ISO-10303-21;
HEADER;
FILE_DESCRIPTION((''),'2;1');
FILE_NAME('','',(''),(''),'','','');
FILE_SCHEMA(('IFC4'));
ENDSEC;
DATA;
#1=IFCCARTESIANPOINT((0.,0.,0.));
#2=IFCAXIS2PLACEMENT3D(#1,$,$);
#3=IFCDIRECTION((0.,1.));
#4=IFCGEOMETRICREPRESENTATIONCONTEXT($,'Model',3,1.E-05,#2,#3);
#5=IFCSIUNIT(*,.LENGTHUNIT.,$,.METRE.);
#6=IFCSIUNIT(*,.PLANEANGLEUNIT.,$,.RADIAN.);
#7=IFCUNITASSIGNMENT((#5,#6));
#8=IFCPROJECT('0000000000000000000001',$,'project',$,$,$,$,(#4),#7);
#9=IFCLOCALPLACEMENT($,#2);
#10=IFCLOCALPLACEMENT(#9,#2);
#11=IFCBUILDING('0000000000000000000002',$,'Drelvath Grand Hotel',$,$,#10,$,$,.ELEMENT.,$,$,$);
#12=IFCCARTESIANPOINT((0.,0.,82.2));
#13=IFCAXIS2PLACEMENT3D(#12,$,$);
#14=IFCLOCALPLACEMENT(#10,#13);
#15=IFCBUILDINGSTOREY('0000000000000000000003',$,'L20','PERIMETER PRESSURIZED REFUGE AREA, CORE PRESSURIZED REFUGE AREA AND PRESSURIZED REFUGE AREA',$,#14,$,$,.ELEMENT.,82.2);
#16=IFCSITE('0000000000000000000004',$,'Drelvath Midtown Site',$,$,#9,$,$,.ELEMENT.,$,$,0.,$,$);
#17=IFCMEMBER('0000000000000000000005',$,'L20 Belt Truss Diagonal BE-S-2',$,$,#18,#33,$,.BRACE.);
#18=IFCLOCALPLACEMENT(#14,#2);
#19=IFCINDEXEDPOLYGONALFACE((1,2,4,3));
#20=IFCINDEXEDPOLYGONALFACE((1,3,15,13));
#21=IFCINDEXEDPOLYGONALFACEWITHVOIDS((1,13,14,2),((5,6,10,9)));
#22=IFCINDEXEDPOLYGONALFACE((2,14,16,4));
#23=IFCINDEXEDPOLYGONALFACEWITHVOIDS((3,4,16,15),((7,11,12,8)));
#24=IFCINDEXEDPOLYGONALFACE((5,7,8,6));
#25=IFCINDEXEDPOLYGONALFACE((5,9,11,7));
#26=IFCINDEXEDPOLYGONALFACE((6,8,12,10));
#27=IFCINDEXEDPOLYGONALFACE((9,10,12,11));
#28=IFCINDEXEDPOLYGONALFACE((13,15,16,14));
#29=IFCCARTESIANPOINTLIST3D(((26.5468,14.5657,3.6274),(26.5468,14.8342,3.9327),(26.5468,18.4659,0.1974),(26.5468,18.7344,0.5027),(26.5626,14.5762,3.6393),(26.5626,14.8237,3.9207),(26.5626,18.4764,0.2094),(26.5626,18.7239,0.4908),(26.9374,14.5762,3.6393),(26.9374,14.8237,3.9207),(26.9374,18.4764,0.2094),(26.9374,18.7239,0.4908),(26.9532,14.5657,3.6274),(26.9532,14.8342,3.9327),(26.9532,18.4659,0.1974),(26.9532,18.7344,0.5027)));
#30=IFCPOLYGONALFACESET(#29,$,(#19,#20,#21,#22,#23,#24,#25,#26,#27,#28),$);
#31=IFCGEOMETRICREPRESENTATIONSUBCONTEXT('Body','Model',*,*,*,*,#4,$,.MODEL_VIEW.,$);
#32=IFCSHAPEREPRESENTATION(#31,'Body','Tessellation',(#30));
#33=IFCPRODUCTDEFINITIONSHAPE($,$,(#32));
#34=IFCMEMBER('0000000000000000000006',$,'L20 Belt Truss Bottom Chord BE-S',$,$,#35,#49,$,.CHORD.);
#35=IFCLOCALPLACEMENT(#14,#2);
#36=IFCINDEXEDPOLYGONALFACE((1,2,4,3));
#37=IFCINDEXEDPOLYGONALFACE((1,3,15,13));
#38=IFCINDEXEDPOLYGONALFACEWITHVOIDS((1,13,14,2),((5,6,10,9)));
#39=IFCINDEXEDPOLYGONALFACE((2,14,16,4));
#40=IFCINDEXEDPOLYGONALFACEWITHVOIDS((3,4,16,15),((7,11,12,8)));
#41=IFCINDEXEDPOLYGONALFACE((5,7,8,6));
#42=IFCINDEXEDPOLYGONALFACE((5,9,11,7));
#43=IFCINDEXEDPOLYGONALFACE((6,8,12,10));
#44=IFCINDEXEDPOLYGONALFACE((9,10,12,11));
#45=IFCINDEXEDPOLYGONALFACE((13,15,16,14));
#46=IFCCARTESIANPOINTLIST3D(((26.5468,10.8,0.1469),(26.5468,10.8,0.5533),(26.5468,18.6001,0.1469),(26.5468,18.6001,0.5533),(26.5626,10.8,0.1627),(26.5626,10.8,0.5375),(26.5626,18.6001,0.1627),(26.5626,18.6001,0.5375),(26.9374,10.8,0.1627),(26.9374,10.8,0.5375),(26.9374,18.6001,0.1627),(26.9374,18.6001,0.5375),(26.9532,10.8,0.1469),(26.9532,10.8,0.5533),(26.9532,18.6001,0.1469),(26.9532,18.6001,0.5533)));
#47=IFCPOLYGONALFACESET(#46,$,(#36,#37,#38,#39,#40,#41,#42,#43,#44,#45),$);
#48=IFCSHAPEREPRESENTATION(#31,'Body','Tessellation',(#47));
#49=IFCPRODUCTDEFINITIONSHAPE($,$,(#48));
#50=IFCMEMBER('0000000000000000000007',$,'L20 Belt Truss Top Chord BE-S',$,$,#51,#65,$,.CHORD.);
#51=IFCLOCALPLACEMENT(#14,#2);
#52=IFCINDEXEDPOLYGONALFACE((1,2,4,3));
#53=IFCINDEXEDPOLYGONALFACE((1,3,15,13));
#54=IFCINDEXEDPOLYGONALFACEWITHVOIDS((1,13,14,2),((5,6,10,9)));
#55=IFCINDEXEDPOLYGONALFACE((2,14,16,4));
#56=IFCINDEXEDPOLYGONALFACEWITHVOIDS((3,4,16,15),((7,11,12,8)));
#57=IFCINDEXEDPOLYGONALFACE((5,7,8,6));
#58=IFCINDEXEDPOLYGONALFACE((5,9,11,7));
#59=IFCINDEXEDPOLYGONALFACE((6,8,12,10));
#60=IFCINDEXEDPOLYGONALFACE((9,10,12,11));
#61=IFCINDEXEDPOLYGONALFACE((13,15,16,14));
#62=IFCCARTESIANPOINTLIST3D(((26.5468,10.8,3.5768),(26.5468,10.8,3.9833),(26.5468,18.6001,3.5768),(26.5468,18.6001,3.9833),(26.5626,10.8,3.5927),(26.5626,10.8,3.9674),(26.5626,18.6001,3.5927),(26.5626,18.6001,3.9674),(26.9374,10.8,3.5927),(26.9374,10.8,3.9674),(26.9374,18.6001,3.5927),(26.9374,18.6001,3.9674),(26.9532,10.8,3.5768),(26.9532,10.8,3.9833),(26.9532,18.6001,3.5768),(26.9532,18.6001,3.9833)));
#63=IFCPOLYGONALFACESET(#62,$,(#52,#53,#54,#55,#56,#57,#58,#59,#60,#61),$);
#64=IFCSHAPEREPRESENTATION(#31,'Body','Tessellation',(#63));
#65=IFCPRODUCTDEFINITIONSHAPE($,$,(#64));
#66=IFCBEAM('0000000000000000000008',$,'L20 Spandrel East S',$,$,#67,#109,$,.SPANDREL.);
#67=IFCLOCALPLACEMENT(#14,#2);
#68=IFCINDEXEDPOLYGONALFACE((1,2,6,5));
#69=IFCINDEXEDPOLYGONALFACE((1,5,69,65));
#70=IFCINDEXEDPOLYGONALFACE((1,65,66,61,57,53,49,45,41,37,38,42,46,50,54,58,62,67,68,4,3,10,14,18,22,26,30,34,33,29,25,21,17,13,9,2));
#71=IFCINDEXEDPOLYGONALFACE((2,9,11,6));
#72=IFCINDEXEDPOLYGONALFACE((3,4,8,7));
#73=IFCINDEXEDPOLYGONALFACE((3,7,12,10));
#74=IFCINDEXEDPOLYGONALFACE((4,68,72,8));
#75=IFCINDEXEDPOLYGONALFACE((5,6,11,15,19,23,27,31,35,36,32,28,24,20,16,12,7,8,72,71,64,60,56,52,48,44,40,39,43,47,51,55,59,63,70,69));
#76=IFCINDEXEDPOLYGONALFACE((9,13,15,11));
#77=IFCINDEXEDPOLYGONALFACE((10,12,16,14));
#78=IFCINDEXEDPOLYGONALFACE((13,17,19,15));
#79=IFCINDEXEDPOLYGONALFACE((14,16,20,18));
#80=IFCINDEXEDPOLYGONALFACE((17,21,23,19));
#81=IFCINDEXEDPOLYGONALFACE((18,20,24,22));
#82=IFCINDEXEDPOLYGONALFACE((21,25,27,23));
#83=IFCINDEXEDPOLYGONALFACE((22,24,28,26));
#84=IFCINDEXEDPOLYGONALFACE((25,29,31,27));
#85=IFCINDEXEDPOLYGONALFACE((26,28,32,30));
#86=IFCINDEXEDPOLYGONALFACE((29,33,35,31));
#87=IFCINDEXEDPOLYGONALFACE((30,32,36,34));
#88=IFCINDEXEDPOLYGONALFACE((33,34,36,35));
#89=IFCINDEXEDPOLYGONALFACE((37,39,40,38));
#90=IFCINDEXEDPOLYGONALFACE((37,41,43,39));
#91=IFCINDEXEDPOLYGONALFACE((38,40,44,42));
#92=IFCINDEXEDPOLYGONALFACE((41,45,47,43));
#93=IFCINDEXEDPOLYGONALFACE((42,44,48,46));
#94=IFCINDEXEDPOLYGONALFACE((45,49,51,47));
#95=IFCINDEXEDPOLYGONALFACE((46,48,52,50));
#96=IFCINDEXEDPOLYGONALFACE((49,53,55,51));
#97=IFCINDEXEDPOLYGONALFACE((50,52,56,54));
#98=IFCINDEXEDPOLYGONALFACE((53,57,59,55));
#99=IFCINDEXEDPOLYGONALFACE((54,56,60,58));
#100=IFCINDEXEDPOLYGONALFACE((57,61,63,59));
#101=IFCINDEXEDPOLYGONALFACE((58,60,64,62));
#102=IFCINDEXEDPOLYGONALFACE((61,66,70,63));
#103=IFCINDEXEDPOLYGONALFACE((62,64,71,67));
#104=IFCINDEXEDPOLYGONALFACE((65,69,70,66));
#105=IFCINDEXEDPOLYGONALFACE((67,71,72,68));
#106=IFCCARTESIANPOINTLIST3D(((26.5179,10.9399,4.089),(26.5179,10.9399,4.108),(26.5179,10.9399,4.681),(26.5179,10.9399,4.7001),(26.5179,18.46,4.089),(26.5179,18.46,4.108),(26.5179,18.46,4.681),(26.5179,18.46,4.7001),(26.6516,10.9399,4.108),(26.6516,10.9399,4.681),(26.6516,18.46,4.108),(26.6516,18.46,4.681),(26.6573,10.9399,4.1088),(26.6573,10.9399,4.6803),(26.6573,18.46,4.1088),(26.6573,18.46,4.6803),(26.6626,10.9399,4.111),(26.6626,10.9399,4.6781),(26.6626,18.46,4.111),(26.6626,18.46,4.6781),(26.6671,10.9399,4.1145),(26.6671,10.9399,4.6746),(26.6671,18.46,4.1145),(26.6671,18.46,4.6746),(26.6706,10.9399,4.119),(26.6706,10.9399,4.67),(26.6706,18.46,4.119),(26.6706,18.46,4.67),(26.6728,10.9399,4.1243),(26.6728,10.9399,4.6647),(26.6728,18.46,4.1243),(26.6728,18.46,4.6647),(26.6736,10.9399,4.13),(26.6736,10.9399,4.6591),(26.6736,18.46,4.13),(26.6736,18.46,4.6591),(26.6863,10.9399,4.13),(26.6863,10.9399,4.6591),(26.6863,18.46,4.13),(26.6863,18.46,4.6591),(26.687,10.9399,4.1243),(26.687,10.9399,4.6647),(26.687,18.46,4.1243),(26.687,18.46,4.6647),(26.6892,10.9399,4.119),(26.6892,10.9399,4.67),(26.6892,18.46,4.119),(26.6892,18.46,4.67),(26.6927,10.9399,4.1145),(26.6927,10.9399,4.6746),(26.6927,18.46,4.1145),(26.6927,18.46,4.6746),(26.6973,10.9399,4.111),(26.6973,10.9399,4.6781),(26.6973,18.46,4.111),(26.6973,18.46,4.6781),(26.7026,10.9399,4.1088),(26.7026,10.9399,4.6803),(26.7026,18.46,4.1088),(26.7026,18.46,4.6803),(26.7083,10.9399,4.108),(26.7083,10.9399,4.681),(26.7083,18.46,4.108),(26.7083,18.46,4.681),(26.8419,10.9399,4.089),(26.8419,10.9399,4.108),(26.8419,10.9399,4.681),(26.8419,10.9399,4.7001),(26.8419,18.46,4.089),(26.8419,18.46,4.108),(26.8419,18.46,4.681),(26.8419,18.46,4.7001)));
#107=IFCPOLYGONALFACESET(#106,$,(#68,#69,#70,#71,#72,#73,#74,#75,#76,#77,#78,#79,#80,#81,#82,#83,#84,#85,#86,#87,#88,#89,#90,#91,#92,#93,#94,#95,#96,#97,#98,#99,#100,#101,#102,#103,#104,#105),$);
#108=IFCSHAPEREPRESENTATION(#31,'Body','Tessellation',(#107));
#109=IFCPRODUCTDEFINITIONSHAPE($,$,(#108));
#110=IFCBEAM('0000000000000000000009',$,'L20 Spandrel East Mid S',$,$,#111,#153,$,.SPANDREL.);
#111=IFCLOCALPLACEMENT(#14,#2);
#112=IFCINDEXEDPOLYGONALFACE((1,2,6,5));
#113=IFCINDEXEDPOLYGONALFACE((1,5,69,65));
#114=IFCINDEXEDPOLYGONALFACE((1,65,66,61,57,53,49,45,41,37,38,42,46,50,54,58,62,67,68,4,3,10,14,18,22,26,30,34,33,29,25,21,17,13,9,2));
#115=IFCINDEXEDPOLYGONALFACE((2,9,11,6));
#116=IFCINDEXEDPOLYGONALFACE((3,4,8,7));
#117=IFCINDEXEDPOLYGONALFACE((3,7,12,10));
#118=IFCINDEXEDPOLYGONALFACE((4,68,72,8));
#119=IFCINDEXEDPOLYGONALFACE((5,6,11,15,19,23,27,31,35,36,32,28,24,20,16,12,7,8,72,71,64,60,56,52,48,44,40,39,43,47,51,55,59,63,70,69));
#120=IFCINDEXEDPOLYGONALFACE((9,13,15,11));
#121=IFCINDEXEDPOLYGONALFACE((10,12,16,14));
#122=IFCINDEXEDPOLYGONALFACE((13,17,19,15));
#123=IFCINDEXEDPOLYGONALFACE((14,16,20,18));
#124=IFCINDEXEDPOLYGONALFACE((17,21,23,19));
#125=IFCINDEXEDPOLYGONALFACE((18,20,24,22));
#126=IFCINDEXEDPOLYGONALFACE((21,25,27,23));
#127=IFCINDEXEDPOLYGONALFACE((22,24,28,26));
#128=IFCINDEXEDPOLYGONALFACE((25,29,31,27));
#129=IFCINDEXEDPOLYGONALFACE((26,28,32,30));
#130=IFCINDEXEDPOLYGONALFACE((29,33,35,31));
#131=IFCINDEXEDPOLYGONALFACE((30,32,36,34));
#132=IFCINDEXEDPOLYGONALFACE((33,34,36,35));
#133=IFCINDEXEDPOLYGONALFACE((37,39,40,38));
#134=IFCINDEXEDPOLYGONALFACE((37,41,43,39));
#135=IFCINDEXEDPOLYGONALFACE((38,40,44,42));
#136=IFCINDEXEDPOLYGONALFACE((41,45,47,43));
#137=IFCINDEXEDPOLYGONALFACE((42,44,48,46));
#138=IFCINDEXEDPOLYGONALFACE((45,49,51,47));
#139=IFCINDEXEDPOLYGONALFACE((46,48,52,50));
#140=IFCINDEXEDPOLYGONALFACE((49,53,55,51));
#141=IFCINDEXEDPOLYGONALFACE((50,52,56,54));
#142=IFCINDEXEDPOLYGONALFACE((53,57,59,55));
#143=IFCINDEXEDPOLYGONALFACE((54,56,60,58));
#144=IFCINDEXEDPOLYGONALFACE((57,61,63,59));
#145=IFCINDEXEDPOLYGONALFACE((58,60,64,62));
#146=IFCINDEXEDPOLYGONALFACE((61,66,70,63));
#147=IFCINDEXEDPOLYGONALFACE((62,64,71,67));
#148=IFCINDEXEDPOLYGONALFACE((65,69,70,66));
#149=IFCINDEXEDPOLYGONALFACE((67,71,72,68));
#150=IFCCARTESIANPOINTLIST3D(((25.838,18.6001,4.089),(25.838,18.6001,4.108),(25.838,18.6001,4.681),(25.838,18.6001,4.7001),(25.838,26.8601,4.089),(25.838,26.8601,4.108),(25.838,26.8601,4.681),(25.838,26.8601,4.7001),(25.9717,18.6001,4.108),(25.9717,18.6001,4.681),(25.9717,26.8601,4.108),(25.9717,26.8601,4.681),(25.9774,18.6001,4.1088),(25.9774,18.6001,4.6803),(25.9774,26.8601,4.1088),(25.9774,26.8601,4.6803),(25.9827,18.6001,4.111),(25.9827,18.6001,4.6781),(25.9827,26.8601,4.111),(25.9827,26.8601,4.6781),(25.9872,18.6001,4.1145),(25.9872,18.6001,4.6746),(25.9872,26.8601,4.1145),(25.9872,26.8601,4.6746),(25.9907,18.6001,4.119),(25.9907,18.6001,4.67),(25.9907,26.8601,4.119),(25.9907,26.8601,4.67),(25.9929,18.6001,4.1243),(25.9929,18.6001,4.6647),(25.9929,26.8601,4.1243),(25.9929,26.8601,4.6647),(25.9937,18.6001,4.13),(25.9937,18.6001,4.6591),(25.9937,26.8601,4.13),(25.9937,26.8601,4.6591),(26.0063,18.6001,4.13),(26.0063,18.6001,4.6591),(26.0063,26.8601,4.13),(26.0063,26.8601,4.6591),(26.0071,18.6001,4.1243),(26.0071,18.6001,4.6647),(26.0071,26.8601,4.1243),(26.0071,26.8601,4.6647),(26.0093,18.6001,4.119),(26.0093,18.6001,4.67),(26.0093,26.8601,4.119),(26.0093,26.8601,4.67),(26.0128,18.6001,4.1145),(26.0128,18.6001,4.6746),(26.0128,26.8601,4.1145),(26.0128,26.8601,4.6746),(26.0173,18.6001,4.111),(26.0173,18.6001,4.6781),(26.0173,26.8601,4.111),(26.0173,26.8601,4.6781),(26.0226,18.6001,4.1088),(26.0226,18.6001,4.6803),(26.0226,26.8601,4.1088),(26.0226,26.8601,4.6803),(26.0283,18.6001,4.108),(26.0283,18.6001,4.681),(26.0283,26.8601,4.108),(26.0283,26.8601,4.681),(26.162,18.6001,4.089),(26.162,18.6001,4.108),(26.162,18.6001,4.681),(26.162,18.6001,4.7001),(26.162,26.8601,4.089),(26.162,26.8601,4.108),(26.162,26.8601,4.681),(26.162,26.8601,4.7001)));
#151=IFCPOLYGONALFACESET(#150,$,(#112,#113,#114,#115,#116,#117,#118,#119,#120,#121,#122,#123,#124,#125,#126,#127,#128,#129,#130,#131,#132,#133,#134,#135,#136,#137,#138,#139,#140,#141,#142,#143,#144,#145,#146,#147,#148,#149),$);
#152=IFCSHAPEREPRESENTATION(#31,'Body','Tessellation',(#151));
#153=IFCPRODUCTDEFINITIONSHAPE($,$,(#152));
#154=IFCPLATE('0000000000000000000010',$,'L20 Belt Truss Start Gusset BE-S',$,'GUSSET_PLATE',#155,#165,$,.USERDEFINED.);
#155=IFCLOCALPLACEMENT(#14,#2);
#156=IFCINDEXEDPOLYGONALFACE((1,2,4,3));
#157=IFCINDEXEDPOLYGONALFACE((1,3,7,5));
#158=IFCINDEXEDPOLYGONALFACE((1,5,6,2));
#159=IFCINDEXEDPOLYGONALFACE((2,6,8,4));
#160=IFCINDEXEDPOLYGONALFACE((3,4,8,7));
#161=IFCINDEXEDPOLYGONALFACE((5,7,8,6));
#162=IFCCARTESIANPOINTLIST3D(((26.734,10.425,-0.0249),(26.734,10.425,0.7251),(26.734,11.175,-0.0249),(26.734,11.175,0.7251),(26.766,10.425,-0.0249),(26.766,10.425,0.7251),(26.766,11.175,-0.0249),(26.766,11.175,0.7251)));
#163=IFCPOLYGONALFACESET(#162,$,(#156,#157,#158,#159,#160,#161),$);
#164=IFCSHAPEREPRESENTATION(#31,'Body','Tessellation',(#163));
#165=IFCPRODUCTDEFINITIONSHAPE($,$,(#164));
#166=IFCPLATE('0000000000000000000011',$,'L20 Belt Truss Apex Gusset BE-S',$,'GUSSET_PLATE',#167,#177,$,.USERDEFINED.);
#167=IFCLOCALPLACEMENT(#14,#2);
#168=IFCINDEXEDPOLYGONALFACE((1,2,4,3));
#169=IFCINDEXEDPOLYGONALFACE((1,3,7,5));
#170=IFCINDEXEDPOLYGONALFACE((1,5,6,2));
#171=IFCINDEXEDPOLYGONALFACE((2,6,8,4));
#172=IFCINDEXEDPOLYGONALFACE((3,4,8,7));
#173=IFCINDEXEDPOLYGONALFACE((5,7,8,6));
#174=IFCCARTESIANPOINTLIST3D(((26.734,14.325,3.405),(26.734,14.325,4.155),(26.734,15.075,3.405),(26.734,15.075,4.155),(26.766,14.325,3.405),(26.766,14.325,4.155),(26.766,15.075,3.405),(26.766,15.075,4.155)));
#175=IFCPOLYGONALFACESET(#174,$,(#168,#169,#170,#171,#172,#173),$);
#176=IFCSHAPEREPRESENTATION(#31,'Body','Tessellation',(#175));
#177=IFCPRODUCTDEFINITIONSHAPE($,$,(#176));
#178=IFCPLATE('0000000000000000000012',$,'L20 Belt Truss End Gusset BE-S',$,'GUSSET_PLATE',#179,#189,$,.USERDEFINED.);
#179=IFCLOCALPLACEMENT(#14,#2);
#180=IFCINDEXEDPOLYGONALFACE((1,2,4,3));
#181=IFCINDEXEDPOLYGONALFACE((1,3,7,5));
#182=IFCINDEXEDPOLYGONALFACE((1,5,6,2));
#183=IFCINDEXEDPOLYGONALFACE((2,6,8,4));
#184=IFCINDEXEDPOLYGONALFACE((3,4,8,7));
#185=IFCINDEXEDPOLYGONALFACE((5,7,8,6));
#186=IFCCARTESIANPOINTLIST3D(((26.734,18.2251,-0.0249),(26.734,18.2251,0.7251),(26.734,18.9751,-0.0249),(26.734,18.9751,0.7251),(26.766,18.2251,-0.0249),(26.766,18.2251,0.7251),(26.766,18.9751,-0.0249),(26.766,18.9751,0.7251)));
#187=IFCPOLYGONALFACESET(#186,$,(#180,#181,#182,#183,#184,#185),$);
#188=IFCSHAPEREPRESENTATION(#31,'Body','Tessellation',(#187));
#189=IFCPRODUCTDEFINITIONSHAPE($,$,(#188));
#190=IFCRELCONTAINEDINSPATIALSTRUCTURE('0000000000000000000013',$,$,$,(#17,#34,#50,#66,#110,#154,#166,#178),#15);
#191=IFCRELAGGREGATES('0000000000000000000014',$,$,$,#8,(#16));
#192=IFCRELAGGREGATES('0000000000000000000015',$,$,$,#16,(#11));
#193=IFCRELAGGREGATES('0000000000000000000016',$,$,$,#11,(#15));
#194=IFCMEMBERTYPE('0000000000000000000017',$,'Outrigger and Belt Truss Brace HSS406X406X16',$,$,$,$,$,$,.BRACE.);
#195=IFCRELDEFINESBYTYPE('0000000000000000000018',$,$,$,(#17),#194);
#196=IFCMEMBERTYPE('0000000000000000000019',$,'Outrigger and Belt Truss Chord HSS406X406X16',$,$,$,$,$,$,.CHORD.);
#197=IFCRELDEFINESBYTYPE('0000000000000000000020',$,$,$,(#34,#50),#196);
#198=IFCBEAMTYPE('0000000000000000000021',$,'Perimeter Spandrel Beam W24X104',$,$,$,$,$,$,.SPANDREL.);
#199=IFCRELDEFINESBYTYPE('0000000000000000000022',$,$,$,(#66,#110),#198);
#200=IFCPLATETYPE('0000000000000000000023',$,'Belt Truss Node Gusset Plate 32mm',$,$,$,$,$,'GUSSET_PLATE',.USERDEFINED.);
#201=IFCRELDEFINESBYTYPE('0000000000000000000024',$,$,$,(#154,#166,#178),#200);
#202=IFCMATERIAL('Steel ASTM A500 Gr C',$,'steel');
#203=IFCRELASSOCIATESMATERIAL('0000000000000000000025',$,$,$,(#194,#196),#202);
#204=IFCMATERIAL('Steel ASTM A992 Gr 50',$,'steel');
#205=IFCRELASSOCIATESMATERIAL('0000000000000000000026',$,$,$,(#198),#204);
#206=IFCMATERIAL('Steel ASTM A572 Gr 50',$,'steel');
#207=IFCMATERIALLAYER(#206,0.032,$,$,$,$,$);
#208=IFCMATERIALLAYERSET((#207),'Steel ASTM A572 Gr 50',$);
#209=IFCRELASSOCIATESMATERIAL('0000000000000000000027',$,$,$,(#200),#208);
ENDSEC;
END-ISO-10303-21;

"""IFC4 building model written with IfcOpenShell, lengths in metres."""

from ifc_helpers import new_model, si_unit, direction, frame, origin, origin_2d, place, context, subcontext, project, spatial, rectangle, hollow_rectangle, i_section, extrude, material, layer, layer_set, material_profile, profile_set, type_object, element, save


model = new_model("IFC4")

# Units and contexts
model_context = context("Model", 3, precision=1e-05, world=origin(), true_north=direction((0.0, 1.0)))
body_context = subcontext(model_context, "Body", "Model", "MODEL_VIEW")
ifc_project = project(units=[si_unit("LENGTHUNIT", "METRE"), si_unit("PLANEANGLEUNIT", "RADIAN")], contexts=[model_context])

# Site, building, storey
site_placement = place(None, origin())
site = spatial("IfcSite", under=ifc_project, at=site_placement, Name="Drelvath Midtown Site", CompositionType="ELEMENT", RefElevation=0.0)
building_placement = place(site_placement, origin())
building = spatial("IfcBuilding", under=site, at=building_placement, Name="Drelvath Grand Hotel", CompositionType="ELEMENT")
storey_placement = place(building_placement, frame((0.0, 0.0, 82.2)))
storey = spatial("IfcBuildingStorey", under=building, at=storey_placement, Name="L20", Description="PERIMETER PRESSURIZED REFUGE AREA, CORE PRESSURIZED REFUGE AREA AND PRESSURIZED REFUGE AREA", CompositionType="ELEMENT", Elevation=82.2)

# Shared definitions
ifc_material_1 = material(Name="Steel ASTM A572 Gr 50", Category="steel")

# Members
ifc_material_2 = material(Name="Steel ASTM A500 Gr C", Category="steel")
ifc_material_profile_1 = material_profile(ifc_material_2, hollow_rectangle(XDim=0.4065, YDim=0.4065, WallThickness=0.0159, at=origin_2d()), Name="HSS406X406X16")
ifc_profile_set_1 = profile_set([ifc_material_profile_1], Name="Steel ASTM A500 Gr C")
member_type_1 = type_object("IfcMemberType", Name="Outrigger and Belt Truss Brace HSS406X406X16", PredefinedType="BRACE", material=ifc_profile_set_1)
member_1_placement = place(storey_placement, frame((26.75, 14.7, 3.78), z_axis=(0.0, 0.750923, -0.660389), x_axis=(-1.0, 0.0, 0.0)))
element("IfcMember", 1, at=member_1_placement, inside=storey, type_object=member_type_1, Name="L20 Belt Truss Diagonal BE-S-2", PredefinedType="BRACE", context=body_context, shape_type="SweptSolid", body=[
    extrude(hollow_rectangle(XDim=0.4065, YDim=0.4065, WallThickness=0.0159, at=origin_2d()), origin(), (0.0, 0.0, 1.0), 5.1938),
])
ifc_material_profile_2 = material_profile(ifc_material_2, hollow_rectangle(XDim=0.4065, YDim=0.4065, WallThickness=0.0159, at=origin_2d()), Name="HSS406X406X16")
ifc_profile_set_2 = profile_set([ifc_material_profile_2], Name="Steel ASTM A500 Gr C")
member_type_2 = type_object("IfcMemberType", Name="Outrigger and Belt Truss Chord HSS406X406X16", PredefinedType="CHORD", material=ifc_profile_set_2)
for number, where, z_axis, x_axis, name in (
    (2, (26.75, 10.8, 0.3501), (0.0, 1.0, 0.0), (-1.0, 0.0, 0.0), "L20 Belt Truss Bottom Chord BE-S"),
    (3, (26.75, 10.8, 3.78), (0.0, 1.0, 0.0), (-1.0, 0.0, 0.0), "L20 Belt Truss Top Chord BE-S"),
):
    element("IfcMember", number, at=place(storey_placement, frame(where, z_axis=z_axis, x_axis=x_axis)), inside=storey, type_object=member_type_2, Name=name, PredefinedType="CHORD", context=body_context, shape_type="SweptSolid", body=[
        extrude(hollow_rectangle(XDim=0.4065, YDim=0.4065, WallThickness=0.0159, at=origin_2d()), origin(), (0.0, 0.0, 1.0), 7.8),
    ])

# Beams
ifc_material_3 = material(Name="Steel ASTM A992 Gr 50", Category="steel")
ifc_material_profile_3 = material_profile(ifc_material_3, i_section(OverallWidth=0.324, OverallDepth=0.6111, WebThickness=0.0127, FlangeThickness=0.019, FilletRadius=0.022, at=origin_2d()), Name="W24X104")
ifc_profile_set_3 = profile_set([ifc_material_profile_3], Name="Steel ASTM A992 Gr 50")
beam_type_1 = type_object("IfcBeamType", Name="Perimeter Spandrel Beam W24X104", PredefinedType="SPANDREL", material=ifc_profile_set_3)
beam_1_placement = place(storey_placement, frame((26.6799, 10.9399, 4.3945), z_axis=(0.0, 1.0, 0.0), x_axis=(-1.0, 0.0, 0.0)))
element("IfcBeam", 4, at=beam_1_placement, inside=storey, type_object=beam_type_1, Name="L20 Spandrel East S", PredefinedType="SPANDREL", context=body_context, shape_type="SweptSolid", body=[
    extrude(i_section(OverallWidth=0.324, OverallDepth=0.6111, WebThickness=0.0127, FlangeThickness=0.019, FilletRadius=0.022, at=origin_2d()), origin(), (0.0, 0.0, 1.0), 7.52),
])
beam_2_placement = place(storey_placement, frame((26.0, 18.6001, 4.3945), z_axis=(0.0, 1.0, 0.0), x_axis=(-1.0, 0.0, 0.0)))
element("IfcBeam", 5, at=beam_2_placement, inside=storey, type_object=beam_type_1, Name="L20 Spandrel East Mid S", PredefinedType="SPANDREL", context=body_context, shape_type="SweptSolid", body=[
    extrude(i_section(OverallWidth=0.324, OverallDepth=0.6111, WebThickness=0.0127, FlangeThickness=0.019, FilletRadius=0.022, at=origin_2d()), origin(), (0.0, 0.0, 1.0), 8.26),
])

# Plates
ifc_layer_1 = layer(ifc_material_1, 0.032)
ifc_layer_set_1 = layer_set([ifc_layer_1], Name="Steel ASTM A572 Gr 50")
plate_type_1 = type_object("IfcPlateType", Name="Belt Truss Node Gusset Plate 32mm", ElementType="GUSSET_PLATE", PredefinedType="USERDEFINED", material=ifc_layer_set_1)
for number, where, z_axis, x_axis, name in (
    (6, (26.75, 10.8, -0.0249), (0.0, 0.0, 1.0), (0.0, 1.0, 0.0), "L20 Belt Truss Start Gusset BE-S"),
    (7, (26.75, 14.7, 3.405), (0.0, 0.0, 1.0), (0.0, 1.0, 0.0), "L20 Belt Truss Apex Gusset BE-S"),
    (8, (26.75, 18.6001, -0.0249), (0.0, 0.0, 1.0), (0.0, 1.0, 0.0), "L20 Belt Truss End Gusset BE-S"),
):
    element("IfcPlate", number, at=place(storey_placement, frame(where, z_axis=z_axis, x_axis=x_axis)), inside=storey, type_object=plate_type_1, Name=name, ObjectType="GUSSET_PLATE", PredefinedType="USERDEFINED", context=body_context, shape_type="SweptSolid", body=[
        extrude(rectangle(XDim=0.75, YDim=0.032, at=origin_2d()), origin(), (0.0, 0.0, 1.0), 0.75),
    ])

save(model, "model.ifc")
